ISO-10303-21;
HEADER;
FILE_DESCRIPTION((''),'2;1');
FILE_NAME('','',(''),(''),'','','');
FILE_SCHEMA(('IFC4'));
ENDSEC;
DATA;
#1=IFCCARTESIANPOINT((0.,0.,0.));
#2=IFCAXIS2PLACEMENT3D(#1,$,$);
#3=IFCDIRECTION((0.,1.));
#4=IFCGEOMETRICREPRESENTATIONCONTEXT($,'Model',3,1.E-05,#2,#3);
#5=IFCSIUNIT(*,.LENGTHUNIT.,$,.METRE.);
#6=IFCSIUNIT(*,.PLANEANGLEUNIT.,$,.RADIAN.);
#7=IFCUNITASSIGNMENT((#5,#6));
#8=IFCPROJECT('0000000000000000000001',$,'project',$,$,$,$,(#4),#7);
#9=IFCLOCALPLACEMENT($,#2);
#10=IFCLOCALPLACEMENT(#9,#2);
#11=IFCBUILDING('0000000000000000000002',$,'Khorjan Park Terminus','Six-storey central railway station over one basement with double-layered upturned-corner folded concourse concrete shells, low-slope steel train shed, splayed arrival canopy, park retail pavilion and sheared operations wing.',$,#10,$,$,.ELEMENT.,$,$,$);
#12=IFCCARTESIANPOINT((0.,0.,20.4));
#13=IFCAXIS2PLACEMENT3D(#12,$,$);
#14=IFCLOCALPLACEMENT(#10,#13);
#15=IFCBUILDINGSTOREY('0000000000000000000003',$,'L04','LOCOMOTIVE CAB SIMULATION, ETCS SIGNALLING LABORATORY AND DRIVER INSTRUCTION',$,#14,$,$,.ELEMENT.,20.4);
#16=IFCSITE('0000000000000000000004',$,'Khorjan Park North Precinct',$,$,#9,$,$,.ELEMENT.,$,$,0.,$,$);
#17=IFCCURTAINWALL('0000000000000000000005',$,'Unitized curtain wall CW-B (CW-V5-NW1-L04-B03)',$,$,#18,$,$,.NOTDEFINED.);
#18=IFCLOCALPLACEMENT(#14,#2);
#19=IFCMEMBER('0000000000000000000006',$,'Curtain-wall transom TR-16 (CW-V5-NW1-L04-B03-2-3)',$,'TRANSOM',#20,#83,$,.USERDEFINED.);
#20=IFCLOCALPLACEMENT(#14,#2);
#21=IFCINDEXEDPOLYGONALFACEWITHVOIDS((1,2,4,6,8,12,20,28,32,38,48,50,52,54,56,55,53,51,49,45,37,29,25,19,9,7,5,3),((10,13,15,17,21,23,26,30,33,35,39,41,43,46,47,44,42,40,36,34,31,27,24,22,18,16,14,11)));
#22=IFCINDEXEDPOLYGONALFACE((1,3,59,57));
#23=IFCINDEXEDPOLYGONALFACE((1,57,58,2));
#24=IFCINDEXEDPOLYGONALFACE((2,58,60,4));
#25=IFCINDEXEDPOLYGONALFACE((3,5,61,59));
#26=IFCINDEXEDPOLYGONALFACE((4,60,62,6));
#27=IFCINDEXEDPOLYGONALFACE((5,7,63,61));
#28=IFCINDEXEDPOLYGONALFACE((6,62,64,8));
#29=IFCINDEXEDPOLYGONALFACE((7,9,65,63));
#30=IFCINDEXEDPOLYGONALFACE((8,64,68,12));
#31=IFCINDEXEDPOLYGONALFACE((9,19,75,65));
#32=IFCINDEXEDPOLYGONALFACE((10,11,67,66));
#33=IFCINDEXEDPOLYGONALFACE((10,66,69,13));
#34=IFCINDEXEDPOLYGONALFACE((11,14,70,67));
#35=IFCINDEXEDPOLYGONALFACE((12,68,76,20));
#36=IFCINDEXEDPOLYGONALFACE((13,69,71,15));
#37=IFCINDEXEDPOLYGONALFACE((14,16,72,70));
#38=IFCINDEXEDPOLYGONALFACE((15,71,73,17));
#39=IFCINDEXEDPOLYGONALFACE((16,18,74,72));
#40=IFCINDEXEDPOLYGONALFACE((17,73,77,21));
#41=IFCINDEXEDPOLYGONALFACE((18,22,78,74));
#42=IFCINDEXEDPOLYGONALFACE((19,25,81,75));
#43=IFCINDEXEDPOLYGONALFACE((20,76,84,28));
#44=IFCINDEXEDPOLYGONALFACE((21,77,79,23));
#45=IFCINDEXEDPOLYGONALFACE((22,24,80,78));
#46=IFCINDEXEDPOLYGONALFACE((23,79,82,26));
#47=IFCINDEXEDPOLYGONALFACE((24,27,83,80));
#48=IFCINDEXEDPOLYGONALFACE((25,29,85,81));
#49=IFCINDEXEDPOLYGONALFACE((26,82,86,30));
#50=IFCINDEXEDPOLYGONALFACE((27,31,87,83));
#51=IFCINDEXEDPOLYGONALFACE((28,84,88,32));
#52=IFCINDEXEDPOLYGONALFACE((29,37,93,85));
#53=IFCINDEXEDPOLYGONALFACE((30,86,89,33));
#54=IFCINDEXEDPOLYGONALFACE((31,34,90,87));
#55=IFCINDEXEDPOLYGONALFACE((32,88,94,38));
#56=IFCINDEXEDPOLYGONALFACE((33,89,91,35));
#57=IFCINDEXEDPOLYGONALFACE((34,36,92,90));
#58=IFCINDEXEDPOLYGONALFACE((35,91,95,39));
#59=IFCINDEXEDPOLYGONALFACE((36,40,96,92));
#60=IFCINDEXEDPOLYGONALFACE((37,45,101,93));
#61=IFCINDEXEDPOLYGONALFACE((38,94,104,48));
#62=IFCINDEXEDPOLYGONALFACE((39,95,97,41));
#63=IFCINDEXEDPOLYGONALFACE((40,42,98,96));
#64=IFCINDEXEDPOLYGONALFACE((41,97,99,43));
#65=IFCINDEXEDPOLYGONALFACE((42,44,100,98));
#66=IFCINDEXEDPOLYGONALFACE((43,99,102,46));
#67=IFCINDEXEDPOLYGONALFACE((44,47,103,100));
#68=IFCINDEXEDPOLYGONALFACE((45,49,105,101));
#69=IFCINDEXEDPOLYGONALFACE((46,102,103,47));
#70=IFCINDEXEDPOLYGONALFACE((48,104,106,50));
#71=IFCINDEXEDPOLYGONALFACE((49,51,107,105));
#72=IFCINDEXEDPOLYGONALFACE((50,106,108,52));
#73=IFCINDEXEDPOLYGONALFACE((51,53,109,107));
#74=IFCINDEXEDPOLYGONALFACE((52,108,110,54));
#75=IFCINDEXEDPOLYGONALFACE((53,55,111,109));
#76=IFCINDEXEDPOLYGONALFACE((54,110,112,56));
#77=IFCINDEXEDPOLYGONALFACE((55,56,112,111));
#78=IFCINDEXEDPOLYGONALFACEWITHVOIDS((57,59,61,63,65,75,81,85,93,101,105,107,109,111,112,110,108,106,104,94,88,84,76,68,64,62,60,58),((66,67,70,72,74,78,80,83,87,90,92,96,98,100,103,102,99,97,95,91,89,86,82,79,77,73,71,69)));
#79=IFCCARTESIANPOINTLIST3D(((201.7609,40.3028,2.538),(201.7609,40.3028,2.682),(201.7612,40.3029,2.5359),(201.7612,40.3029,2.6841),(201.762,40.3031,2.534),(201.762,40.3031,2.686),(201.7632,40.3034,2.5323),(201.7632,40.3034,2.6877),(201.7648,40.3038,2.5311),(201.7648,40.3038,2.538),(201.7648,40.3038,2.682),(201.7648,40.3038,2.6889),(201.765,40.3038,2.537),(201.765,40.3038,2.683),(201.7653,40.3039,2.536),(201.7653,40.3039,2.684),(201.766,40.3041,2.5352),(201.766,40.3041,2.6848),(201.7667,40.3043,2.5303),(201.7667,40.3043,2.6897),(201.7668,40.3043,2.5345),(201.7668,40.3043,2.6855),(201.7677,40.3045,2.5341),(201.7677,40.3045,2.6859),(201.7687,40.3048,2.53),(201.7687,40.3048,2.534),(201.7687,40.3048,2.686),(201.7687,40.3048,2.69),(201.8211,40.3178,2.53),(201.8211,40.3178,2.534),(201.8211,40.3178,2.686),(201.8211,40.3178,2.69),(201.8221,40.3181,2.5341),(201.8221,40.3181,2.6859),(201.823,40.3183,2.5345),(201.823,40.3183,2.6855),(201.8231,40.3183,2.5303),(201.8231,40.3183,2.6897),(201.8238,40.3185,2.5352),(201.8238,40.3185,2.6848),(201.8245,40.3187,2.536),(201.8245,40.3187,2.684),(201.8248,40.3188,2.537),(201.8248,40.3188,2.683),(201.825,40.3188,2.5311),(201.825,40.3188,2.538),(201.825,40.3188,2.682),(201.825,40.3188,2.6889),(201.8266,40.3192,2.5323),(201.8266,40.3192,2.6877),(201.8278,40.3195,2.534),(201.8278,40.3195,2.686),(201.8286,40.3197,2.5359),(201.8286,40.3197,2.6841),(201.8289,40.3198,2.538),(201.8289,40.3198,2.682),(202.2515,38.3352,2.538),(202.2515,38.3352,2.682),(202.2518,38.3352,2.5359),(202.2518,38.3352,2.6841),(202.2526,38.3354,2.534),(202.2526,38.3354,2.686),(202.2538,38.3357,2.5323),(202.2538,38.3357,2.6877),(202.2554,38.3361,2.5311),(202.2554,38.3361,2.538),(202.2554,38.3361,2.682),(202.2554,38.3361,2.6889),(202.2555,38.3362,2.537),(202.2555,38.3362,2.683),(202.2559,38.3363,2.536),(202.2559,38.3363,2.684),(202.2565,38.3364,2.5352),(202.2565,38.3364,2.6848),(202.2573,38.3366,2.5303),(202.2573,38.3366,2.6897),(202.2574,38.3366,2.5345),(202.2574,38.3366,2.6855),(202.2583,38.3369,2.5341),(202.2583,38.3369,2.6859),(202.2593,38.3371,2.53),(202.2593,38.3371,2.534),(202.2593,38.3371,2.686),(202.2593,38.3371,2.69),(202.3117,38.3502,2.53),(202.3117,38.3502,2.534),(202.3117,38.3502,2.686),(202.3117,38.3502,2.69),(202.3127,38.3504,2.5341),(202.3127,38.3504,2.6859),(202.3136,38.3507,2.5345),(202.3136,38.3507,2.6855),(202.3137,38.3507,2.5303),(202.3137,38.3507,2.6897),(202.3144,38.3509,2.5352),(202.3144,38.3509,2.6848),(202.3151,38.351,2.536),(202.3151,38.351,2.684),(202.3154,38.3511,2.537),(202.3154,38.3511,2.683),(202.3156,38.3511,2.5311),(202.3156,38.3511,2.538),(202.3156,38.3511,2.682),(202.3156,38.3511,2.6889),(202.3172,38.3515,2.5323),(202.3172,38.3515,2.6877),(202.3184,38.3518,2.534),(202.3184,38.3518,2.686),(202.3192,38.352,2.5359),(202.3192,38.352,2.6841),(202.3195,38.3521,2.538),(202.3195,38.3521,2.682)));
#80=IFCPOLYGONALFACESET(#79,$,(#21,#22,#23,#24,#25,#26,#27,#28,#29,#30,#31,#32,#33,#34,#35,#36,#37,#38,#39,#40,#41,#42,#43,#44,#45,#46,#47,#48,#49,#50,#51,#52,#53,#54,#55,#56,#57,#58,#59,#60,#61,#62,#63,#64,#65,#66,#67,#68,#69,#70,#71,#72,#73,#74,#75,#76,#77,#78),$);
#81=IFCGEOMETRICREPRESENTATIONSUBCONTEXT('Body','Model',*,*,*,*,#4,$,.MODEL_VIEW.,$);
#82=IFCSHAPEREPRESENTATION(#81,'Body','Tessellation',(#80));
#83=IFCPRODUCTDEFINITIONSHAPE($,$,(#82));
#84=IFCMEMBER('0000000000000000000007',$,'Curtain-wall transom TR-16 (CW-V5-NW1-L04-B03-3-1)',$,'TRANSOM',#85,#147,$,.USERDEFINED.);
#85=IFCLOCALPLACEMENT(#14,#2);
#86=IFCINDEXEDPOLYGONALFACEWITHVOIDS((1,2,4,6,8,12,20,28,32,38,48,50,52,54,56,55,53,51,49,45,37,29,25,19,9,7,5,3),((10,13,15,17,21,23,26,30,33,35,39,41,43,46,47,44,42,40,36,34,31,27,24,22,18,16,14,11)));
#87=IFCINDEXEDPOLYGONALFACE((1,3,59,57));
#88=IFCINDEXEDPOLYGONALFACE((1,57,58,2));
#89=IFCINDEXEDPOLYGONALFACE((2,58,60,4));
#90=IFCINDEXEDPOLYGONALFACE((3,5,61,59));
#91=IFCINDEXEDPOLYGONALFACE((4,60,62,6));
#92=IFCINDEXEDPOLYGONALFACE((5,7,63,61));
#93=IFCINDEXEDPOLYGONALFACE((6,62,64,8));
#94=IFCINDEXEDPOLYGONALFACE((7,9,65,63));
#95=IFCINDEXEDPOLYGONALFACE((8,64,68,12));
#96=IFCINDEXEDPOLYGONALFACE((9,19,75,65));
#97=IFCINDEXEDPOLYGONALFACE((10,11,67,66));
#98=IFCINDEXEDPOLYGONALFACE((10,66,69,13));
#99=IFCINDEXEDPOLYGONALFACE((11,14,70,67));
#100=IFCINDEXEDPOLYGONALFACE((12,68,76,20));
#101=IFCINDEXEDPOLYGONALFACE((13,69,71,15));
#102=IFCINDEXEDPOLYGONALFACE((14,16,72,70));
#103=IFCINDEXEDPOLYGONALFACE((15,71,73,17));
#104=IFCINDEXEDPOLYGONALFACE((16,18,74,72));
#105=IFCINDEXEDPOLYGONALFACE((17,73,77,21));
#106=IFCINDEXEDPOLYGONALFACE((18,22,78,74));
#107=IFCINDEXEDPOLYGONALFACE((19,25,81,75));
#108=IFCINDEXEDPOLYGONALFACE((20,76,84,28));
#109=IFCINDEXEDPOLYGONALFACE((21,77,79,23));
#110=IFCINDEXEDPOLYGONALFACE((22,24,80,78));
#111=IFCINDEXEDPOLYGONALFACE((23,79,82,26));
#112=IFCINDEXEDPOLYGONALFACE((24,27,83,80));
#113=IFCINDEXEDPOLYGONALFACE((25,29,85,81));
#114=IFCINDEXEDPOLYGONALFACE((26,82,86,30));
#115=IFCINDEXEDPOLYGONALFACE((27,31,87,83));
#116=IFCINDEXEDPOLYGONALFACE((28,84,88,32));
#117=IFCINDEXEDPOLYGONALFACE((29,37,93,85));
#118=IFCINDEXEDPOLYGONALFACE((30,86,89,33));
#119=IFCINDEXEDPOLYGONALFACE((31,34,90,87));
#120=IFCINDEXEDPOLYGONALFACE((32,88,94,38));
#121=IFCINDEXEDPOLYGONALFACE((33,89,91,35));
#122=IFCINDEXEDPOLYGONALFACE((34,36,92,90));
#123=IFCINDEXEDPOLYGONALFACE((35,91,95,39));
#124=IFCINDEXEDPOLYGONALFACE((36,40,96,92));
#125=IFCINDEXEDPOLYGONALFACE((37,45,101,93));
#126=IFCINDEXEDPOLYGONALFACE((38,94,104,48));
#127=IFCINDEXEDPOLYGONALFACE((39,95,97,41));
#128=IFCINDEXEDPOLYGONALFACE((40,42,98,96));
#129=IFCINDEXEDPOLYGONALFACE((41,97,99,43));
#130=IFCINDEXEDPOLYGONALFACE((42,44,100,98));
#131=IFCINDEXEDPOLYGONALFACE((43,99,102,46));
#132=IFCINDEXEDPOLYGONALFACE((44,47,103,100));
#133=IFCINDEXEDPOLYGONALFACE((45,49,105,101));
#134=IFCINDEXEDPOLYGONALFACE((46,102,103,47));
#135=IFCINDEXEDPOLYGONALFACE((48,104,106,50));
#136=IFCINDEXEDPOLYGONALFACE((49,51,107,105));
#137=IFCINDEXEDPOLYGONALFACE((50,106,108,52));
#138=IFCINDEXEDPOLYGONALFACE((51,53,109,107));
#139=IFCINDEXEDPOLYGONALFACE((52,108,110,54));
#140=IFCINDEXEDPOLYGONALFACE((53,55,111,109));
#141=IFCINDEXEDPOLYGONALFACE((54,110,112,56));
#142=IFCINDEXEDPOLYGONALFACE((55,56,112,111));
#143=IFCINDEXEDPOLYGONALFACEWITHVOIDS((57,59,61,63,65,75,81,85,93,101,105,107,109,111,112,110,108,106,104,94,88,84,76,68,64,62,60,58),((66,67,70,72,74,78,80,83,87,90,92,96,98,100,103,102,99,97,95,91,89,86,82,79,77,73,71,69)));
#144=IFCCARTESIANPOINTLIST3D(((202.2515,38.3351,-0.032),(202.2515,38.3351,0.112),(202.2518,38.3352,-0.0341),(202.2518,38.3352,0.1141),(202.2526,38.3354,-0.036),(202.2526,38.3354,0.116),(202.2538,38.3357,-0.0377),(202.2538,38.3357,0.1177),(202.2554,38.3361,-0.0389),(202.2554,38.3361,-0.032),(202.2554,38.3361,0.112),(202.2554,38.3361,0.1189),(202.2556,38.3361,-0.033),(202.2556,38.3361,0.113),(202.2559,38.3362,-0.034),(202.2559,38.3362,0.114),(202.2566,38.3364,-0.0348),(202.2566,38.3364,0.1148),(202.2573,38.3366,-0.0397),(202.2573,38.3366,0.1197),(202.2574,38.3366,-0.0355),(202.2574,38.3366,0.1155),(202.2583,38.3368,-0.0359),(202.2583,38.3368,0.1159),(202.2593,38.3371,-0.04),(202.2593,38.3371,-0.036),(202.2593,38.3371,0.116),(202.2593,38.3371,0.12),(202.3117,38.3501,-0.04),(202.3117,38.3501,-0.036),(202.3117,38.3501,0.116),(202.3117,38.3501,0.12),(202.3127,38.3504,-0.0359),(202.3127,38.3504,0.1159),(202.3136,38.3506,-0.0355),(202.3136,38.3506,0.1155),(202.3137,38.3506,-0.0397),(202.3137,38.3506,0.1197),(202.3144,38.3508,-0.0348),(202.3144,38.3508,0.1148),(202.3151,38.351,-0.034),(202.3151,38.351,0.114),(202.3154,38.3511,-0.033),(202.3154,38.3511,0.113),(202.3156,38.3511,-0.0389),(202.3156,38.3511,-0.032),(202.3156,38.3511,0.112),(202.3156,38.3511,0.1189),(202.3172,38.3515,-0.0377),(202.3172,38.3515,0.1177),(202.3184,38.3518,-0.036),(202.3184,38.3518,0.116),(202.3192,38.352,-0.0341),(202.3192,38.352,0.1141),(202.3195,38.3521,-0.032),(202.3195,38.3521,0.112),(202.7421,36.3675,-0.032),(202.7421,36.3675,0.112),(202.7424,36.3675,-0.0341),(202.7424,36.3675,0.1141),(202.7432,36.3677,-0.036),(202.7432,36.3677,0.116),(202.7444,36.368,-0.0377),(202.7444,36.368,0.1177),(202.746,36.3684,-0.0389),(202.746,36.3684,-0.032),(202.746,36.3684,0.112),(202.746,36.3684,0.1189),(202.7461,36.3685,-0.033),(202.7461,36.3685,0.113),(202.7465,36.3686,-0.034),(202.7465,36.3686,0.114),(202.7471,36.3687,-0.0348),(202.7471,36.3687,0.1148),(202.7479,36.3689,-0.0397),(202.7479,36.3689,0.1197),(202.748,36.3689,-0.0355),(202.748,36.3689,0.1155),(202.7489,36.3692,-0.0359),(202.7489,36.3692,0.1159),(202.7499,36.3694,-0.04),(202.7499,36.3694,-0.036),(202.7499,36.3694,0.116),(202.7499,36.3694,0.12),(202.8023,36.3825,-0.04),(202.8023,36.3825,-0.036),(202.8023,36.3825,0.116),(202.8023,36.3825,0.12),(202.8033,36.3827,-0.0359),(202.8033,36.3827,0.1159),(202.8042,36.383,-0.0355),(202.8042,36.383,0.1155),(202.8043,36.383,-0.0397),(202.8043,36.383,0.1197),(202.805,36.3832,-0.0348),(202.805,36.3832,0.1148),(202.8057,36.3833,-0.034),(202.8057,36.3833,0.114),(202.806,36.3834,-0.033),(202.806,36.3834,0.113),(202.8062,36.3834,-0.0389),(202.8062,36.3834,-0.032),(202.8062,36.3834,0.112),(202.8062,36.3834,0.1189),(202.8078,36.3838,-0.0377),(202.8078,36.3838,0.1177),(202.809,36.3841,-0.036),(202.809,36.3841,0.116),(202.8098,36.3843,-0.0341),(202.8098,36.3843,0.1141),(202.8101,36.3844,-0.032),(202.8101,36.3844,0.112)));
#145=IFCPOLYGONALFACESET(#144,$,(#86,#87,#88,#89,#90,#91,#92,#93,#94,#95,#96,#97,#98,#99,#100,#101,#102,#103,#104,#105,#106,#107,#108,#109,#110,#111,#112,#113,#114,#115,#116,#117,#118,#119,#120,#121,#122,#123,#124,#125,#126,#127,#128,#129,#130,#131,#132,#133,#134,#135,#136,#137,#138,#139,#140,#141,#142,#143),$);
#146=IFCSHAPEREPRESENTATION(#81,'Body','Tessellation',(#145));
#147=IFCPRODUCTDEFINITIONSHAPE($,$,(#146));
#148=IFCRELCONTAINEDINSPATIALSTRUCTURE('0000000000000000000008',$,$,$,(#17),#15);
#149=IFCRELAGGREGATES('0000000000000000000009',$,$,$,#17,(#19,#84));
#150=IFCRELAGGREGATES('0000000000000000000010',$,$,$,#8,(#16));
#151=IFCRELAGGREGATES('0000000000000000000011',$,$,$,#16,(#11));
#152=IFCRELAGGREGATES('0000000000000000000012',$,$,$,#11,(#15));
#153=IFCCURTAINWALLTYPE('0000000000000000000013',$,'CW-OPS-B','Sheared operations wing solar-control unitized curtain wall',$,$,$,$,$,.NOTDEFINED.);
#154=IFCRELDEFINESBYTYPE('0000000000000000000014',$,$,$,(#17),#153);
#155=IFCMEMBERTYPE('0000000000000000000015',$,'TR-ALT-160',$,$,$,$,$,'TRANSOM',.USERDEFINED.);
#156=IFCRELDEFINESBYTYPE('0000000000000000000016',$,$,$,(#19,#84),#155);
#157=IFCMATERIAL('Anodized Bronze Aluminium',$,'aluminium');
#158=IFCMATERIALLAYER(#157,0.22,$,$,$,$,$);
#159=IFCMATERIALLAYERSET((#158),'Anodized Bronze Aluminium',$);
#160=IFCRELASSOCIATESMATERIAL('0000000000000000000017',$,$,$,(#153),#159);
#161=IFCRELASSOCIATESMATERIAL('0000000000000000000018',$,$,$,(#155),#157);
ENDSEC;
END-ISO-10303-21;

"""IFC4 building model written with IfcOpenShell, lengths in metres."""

from ifc_helpers import new_model, si_unit, direction, frame, origin, origin_2d, place, context, subcontext, project, spatial, hollow_rectangle, extrude, material, layer, layer_set, material_profile, profile_set, type_object, element, aggregate, save


model = new_model("IFC4")

# Units and contexts
model_context = context("Model", 3, precision=1e-05, world=origin(), true_north=direction((0.0, 1.0)))
body_context = subcontext(model_context, "Body", "Model", "MODEL_VIEW")
ifc_project = project(units=[si_unit("LENGTHUNIT", "METRE"), si_unit("PLANEANGLEUNIT", "RADIAN")], contexts=[model_context])

# Site, building, storey
site_placement = place(None, origin())
site = spatial("IfcSite", under=ifc_project, at=site_placement, Name="Khorjan Park North Precinct", CompositionType="ELEMENT", RefElevation=0.0)
building_placement = place(site_placement, origin())
building = spatial("IfcBuilding", under=site, at=building_placement, Name="Khorjan Park Terminus", Description="Six-storey central railway station over one basement with double-layered upturned-corner folded concourse concrete shells, low-slope steel train shed, splayed arrival canopy, park retail pavilion and sheared operations wing.", CompositionType="ELEMENT")
storey_placement = place(building_placement, frame((0.0, 0.0, 20.4)))
storey = spatial("IfcBuildingStorey", under=building, at=storey_placement, Name="L04", Description="LOCOMOTIVE CAB SIMULATION, ETCS SIGNALLING LABORATORY AND DRIVER INSTRUCTION", CompositionType="ELEMENT", Elevation=20.4)

# Curtain wall, members
ifc_material_1 = material(Name="Anodized Bronze Aluminium", Category="aluminium")
ifc_layer_1 = layer(ifc_material_1, 0.22)
ifc_layer_set_1 = layer_set([ifc_layer_1], Name="Anodized Bronze Aluminium")
curtain_wall_type = type_object("IfcCurtainWallType", Name="CW-OPS-B", Description="Sheared operations wing solar-control unitized curtain wall", PredefinedType="NOTDEFINED", material=ifc_layer_set_1)
curtain_wall_1_placement = place(storey_placement, origin())
curtain_wall_1 = element("IfcCurtainWall", 1, at=curtain_wall_1_placement, inside=storey, type_object=curtain_wall_type, Name="Unitized curtain wall CW-B (CW-V5-NW1-L04-B03)", PredefinedType="NOTDEFINED")
ifc_material_profile_1 = material_profile(ifc_material_1, hollow_rectangle(XDim=0.07, YDim=0.16, WallThickness=0.004, InnerFilletRadius=0.004, OuterFilletRadius=0.008, at=origin_2d()), Name="ALT 70x160x4")
ifc_profile_set_1 = profile_set([ifc_material_profile_1], Name="Anodized Bronze Aluminium")
member_type_1 = type_object("IfcMemberType", Name="TR-ALT-160", ElementType="TRANSOM", PredefinedType="USERDEFINED", material=ifc_profile_set_1)
member_1_placement = place(storey_placement, frame((201.7949, 40.3113, 2.61), z_axis=(0.241921, -0.970296, 0.0), x_axis=(0.970296, 0.241921, 0.0)))
member_1 = element("IfcMember", 2, at=member_1_placement, type_object=member_type_1, Name="Curtain-wall transom TR-16 (CW-V5-NW1-L04-B03-2-3)", ObjectType="TRANSOM", PredefinedType="USERDEFINED", context=body_context, shape_type="SweptSolid", body=[
    extrude(hollow_rectangle(XDim=0.07, YDim=0.16, WallThickness=0.004, InnerFilletRadius=0.004, OuterFilletRadius=0.008, at=origin_2d()), origin(), (0.0, 0.0, 1.0), 2.0279),
])
member_2_placement = place(storey_placement, frame((202.2855, 38.3436, 0.04), z_axis=(0.241921, -0.970296, 0.0), x_axis=(0.970296, 0.241921, 0.0)))
member_2 = element("IfcMember", 3, at=member_2_placement, type_object=member_type_1, Name="Curtain-wall transom TR-16 (CW-V5-NW1-L04-B03-3-1)", ObjectType="TRANSOM", PredefinedType="USERDEFINED", context=body_context, shape_type="SweptSolid", body=[
    extrude(hollow_rectangle(XDim=0.07, YDim=0.16, WallThickness=0.004, InnerFilletRadius=0.004, OuterFilletRadius=0.008, at=origin_2d()), origin(), (0.0, 0.0, 1.0), 2.0279),
])

aggregate(curtain_wall_1, [member_1, member_2])

save(model, "model.ifc")
